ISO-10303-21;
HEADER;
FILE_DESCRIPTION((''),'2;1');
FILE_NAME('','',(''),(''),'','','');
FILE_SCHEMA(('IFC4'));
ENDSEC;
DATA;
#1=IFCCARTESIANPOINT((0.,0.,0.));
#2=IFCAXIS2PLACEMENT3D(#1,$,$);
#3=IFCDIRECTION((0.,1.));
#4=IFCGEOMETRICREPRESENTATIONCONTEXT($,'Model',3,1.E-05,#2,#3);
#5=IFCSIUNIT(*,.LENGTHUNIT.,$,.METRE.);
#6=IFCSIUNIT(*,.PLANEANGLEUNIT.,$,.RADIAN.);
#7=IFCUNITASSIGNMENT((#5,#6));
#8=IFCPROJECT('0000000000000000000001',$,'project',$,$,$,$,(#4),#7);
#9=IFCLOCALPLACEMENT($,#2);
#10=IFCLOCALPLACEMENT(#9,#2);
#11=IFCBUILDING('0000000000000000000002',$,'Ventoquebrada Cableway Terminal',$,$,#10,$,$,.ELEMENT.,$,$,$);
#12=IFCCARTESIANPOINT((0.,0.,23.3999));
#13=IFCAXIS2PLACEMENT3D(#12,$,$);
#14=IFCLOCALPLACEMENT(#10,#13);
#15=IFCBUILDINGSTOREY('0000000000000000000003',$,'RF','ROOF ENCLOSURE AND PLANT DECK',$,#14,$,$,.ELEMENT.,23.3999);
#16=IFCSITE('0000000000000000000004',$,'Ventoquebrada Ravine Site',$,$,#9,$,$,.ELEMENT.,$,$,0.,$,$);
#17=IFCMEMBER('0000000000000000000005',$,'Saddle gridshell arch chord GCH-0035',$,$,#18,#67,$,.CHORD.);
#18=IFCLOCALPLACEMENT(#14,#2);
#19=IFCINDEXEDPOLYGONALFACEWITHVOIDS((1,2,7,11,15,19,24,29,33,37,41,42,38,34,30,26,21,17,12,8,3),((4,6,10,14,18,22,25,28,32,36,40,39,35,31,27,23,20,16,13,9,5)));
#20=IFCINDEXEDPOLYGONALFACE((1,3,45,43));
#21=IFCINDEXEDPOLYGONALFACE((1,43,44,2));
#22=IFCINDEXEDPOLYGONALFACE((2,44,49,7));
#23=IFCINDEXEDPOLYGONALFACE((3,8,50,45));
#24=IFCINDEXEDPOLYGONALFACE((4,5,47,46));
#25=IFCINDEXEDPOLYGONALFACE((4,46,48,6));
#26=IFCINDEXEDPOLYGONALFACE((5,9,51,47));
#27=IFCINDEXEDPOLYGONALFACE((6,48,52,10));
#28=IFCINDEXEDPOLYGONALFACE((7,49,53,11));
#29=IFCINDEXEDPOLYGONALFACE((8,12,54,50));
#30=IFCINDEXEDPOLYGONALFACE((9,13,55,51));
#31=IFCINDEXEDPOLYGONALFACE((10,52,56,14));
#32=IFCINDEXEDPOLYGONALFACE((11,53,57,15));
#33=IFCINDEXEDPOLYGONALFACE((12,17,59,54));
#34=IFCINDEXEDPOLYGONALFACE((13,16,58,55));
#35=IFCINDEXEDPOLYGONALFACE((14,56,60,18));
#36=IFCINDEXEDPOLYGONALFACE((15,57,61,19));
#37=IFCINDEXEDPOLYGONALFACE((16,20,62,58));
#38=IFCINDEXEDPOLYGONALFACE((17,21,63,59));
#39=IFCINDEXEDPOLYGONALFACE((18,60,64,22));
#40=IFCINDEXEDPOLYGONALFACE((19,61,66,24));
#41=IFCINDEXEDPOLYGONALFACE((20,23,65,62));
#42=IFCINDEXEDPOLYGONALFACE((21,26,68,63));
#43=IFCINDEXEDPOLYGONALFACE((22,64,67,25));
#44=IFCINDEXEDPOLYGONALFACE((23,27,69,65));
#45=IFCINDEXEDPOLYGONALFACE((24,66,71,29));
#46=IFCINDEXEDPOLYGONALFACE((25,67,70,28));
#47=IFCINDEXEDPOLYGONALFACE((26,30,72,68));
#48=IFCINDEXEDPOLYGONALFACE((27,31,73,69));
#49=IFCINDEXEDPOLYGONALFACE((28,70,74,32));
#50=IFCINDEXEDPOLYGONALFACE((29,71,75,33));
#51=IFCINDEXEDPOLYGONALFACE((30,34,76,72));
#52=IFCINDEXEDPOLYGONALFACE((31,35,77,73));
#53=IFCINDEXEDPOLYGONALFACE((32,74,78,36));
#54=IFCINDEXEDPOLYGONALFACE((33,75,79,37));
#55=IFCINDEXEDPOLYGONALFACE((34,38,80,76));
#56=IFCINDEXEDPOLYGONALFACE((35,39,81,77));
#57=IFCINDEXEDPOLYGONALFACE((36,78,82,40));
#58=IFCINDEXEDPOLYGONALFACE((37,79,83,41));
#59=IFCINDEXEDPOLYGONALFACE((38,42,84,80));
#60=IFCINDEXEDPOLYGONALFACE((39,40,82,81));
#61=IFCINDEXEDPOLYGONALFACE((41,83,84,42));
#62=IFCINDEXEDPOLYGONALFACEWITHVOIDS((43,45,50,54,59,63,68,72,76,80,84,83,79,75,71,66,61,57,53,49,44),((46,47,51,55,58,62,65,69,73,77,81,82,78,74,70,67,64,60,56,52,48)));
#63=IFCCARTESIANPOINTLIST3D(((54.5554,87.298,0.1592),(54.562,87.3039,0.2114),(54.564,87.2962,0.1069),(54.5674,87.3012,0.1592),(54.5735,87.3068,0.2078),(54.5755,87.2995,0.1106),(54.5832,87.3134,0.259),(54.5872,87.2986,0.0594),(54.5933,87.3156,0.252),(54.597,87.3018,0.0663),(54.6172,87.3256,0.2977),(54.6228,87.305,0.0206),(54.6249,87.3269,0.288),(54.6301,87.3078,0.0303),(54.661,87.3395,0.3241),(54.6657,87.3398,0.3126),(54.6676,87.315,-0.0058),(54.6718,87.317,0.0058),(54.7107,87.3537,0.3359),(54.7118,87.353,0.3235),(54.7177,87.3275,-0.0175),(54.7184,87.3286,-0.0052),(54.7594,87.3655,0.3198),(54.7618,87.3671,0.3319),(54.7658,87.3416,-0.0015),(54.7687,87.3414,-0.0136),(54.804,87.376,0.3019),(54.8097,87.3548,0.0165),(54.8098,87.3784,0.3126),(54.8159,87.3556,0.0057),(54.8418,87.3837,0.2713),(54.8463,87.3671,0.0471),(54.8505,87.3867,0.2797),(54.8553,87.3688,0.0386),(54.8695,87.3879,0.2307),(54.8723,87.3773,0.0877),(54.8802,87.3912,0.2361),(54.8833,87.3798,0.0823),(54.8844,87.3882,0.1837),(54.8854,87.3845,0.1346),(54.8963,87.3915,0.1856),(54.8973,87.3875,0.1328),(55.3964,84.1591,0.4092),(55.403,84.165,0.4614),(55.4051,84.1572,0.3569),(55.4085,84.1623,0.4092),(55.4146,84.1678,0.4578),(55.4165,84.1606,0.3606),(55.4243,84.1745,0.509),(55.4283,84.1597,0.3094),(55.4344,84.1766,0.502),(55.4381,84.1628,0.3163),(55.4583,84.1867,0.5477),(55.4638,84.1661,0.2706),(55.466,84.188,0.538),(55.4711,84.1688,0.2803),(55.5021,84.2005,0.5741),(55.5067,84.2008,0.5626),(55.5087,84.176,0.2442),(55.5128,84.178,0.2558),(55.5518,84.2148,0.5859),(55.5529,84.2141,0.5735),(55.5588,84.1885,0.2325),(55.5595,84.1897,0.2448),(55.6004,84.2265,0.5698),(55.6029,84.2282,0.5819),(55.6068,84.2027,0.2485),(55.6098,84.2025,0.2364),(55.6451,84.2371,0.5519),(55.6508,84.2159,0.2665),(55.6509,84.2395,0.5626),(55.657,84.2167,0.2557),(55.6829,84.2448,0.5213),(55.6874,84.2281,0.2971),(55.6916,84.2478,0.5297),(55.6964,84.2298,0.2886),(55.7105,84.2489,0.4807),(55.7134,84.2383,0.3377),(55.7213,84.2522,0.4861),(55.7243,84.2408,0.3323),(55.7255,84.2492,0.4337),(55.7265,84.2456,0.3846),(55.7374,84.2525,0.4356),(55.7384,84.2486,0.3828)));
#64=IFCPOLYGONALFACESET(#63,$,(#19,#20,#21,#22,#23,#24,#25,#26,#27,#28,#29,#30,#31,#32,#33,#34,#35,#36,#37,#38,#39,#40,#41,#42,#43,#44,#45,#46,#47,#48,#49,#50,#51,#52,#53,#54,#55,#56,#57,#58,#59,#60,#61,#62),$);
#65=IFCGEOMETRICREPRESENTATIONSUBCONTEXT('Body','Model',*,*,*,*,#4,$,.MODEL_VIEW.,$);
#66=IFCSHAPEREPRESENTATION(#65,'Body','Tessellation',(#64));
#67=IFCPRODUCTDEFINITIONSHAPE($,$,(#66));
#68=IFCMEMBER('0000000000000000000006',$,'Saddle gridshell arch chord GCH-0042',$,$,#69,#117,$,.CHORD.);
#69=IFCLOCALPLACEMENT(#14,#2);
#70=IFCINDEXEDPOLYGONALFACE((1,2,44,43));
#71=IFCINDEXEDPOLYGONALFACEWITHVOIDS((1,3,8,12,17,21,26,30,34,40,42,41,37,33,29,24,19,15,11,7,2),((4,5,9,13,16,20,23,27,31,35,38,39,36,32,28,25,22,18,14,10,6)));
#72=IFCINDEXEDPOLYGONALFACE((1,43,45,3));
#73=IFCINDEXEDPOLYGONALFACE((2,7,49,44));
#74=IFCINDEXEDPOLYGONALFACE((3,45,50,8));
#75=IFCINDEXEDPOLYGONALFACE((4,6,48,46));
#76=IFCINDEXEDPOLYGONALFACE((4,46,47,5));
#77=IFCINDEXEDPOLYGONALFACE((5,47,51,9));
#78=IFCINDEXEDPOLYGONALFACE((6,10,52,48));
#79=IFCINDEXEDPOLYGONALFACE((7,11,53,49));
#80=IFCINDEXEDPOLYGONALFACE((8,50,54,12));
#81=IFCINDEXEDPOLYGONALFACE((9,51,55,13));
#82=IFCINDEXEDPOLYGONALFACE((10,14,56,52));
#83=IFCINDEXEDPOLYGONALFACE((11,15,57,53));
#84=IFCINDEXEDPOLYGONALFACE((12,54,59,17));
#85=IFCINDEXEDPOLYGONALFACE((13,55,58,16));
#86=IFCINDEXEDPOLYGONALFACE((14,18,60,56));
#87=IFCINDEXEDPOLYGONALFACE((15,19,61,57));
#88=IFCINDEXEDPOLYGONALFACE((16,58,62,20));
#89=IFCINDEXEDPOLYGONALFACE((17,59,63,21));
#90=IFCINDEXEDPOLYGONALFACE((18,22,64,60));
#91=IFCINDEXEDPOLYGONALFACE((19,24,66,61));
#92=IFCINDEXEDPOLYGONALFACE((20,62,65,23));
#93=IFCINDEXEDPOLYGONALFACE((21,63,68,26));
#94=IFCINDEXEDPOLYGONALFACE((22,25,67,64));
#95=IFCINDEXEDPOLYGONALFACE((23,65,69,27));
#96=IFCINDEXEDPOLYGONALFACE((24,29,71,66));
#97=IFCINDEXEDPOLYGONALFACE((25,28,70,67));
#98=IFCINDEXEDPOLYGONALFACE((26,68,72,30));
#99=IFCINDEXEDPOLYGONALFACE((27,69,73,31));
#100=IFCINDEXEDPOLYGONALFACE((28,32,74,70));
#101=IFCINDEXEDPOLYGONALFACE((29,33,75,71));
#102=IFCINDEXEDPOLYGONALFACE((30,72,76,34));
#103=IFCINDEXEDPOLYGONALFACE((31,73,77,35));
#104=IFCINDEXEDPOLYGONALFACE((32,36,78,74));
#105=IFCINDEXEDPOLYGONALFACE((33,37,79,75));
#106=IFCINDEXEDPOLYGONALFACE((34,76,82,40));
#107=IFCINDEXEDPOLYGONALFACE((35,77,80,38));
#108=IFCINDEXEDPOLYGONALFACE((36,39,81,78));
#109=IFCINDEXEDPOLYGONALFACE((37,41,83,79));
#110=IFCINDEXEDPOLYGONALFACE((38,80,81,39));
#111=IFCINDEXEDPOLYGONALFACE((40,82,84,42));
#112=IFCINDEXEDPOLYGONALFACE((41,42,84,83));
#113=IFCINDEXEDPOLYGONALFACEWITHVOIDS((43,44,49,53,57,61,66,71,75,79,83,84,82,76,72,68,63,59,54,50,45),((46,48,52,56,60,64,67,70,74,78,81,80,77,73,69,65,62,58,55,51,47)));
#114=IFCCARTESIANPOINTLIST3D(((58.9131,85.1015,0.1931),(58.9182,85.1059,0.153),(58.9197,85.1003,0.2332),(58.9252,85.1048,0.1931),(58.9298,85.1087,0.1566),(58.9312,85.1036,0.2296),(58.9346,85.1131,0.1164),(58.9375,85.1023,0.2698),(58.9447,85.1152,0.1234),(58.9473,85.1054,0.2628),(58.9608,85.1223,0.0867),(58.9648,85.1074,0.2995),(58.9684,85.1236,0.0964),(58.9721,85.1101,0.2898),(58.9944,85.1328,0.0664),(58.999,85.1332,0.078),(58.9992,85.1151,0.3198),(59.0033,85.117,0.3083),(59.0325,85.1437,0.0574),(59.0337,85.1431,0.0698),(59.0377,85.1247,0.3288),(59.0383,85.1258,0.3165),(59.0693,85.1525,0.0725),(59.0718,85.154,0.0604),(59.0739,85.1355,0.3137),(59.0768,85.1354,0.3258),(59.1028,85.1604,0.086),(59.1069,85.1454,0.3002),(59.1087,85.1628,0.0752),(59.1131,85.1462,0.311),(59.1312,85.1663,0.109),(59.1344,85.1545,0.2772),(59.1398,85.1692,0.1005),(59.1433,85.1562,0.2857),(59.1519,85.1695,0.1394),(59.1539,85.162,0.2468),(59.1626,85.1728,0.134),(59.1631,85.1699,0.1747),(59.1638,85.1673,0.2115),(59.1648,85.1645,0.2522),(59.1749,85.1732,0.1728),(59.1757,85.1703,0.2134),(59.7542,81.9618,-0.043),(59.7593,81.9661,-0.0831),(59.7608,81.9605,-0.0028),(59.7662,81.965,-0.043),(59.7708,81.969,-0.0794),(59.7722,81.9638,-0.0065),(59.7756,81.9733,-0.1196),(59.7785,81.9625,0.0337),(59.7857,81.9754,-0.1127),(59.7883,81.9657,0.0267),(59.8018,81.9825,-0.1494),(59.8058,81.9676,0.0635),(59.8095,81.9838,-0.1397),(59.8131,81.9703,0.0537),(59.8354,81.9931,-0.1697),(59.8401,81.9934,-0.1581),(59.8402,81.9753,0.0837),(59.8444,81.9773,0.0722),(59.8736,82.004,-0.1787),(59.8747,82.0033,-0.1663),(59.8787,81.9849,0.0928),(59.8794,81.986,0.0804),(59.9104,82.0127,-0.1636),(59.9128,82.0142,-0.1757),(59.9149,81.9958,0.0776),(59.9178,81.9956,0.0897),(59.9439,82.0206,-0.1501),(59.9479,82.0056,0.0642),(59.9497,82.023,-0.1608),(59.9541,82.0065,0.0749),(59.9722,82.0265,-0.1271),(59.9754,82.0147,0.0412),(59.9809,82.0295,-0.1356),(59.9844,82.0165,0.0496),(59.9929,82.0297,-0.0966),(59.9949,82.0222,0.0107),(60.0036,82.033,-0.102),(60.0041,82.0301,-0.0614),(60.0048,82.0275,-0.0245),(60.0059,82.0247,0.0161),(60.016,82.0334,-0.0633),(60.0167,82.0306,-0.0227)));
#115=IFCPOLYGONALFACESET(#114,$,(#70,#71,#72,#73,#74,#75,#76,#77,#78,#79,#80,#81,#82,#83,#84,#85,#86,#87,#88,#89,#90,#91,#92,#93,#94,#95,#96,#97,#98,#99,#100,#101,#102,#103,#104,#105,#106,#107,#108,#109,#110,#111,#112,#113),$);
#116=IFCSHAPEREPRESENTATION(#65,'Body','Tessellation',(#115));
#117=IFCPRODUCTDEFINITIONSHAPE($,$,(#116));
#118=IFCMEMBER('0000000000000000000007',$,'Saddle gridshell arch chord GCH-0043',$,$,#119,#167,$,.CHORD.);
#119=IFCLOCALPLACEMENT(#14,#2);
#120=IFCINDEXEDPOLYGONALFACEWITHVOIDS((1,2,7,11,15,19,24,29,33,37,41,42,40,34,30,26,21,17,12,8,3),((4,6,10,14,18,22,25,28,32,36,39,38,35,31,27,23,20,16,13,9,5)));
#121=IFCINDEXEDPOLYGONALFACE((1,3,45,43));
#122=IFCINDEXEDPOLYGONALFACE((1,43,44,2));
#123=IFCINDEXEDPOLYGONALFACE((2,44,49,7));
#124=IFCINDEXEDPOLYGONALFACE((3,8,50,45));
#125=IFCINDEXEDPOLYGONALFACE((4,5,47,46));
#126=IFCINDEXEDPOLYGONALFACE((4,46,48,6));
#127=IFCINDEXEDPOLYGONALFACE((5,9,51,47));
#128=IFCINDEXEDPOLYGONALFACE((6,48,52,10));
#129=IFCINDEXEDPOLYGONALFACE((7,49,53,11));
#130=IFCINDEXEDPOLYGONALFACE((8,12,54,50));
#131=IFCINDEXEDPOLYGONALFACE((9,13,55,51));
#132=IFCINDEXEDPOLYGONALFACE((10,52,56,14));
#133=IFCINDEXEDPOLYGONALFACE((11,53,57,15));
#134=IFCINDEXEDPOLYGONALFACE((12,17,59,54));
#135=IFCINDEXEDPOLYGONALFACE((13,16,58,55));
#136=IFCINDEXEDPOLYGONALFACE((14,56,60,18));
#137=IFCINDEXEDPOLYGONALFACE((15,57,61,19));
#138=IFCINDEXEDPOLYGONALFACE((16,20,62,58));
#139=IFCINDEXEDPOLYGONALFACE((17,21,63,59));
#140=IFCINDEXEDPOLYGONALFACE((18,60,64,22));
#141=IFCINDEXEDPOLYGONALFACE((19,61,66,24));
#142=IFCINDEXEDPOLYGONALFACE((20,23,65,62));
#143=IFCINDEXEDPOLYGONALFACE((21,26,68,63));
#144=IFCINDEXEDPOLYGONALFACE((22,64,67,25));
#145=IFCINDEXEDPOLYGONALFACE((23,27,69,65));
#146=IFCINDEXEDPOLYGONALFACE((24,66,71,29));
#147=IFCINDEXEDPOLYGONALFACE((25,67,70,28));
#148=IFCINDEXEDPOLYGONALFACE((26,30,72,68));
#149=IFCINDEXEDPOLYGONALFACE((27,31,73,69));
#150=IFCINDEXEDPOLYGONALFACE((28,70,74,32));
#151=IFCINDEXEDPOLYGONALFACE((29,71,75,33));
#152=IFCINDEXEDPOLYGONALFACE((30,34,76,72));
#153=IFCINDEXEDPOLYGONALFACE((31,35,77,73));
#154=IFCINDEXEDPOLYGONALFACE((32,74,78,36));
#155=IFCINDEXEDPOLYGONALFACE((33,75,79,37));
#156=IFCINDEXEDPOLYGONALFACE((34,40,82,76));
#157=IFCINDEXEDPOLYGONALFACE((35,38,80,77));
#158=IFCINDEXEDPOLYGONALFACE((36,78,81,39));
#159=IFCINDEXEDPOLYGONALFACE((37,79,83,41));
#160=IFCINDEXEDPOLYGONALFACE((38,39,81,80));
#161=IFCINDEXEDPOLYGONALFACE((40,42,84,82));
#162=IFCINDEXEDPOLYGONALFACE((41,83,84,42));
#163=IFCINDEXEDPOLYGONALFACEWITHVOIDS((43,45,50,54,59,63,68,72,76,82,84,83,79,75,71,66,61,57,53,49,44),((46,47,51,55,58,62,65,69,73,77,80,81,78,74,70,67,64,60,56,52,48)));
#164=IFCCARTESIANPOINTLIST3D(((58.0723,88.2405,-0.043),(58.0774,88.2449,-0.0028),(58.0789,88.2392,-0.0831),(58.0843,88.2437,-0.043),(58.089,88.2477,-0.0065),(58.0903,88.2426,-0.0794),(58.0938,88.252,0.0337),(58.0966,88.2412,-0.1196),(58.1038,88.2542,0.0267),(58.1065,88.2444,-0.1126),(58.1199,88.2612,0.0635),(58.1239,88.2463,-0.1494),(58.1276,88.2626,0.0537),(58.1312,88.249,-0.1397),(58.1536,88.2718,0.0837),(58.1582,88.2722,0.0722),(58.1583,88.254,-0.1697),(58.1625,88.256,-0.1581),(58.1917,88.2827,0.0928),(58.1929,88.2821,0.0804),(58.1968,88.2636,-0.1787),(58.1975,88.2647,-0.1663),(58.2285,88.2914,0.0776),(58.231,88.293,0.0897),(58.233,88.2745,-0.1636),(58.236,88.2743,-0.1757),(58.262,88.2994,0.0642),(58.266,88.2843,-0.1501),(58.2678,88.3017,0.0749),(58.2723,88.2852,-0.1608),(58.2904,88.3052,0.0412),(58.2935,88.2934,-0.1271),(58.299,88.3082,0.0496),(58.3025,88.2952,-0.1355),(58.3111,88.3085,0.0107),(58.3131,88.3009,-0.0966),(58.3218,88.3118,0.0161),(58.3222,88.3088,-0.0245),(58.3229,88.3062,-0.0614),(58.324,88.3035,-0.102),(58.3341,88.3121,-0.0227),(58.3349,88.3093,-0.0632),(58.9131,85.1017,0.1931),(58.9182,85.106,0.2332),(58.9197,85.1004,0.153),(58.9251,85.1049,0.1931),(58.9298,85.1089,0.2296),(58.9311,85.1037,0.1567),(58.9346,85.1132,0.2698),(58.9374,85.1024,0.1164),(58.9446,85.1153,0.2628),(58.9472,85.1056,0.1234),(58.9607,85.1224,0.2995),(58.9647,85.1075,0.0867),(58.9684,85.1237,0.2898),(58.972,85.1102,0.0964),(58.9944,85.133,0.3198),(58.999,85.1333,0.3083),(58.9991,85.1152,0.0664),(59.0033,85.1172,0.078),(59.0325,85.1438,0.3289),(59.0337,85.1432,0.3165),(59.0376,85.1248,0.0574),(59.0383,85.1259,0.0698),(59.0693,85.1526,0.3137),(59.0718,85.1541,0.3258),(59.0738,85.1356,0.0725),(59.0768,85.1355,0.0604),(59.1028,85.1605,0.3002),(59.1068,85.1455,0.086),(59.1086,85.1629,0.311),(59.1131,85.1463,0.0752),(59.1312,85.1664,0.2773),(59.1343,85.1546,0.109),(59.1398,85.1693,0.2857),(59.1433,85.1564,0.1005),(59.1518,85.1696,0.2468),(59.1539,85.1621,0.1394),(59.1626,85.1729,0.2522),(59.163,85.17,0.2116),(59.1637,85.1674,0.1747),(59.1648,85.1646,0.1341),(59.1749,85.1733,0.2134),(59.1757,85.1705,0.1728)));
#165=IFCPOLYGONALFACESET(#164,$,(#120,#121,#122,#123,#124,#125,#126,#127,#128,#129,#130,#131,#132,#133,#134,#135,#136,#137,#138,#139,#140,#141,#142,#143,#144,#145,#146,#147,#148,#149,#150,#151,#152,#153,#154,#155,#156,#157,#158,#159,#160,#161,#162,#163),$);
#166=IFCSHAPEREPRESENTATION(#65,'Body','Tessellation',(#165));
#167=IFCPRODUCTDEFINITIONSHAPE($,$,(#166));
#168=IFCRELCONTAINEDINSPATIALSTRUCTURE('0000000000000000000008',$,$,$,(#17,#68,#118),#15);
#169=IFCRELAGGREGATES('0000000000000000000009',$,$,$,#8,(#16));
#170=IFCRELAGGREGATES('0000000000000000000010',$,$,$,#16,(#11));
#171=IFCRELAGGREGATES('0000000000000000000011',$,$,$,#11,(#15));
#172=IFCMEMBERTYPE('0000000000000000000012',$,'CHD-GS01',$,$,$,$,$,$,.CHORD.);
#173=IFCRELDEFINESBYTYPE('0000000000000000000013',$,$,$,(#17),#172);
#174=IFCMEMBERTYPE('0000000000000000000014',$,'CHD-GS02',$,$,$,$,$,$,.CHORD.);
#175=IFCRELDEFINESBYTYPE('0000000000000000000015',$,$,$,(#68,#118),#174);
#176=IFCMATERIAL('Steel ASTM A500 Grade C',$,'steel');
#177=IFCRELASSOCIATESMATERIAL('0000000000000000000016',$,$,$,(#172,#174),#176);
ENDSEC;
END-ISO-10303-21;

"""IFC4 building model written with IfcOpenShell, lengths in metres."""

from ifc_helpers import new_model, si_unit, direction, frame, origin, origin_2d, place, context, subcontext, project, spatial, hollow_circle, extrude, material, material_profile, profile_set, type_object, element, save


model = new_model("IFC4")

# Units and contexts
model_context = context("Model", 3, precision=1e-05, world=origin(), true_north=direction((0.0, 1.0)))
body_context = subcontext(model_context, "Body", "Model", "MODEL_VIEW")
ifc_project = project(units=[si_unit("LENGTHUNIT", "METRE"), si_unit("PLANEANGLEUNIT", "RADIAN")], contexts=[model_context])

# Site, building, storey
site_placement = place(None, origin())
site = spatial("IfcSite", under=ifc_project, at=site_placement, Name="Ventoquebrada Ravine Site", CompositionType="ELEMENT", RefElevation=0.0)
building_placement = place(site_placement, origin())
building = spatial("IfcBuilding", under=site, at=building_placement, Name="Ventoquebrada Cableway Terminal", CompositionType="ELEMENT")
storey_placement = place(building_placement, frame((0.0, 0.0, 23.3999)))
storey = spatial("IfcBuildingStorey", under=building, at=storey_placement, Name="RF", Description="ROOF ENCLOSURE AND PLANT DECK", CompositionType="ELEMENT", Elevation=23.3999)

# Members
ifc_material_1 = material(Name="Steel ASTM A500 Grade C", Category="steel")
ifc_material_profile_1 = material_profile(ifc_material_1, hollow_circle(Radius=0.1777, WallThickness=0.0125, at=origin_2d()), Name="CHS355.6X12.5")
ifc_profile_set_1 = profile_set([ifc_material_profile_1], Name="Steel ASTM A500 Grade C")
member_type_1 = type_object("IfcMemberType", Name="CHD-GS01", PredefinedType="CHORD", material=ifc_profile_set_1)
member_1_placement = place(storey_placement, frame((55.5681, 84.2051, 0.4092), z_axis=(-0.258055, 0.96308, -0.076705), x_axis=(-0.965926, -0.258817, 0.0)))
element("IfcMember", 1, at=member_1_placement, inside=storey, type_object=member_type_1, Name="Saddle gridshell arch chord GCH-0035", PredefinedType="CHORD", context=body_context, shape_type="SweptSolid", body=[
    extrude(hollow_circle(Radius=0.1777, WallThickness=0.0125, at=origin_2d()), origin(), (0.0, 0.0, 1.0), 3.2593),
])
ifc_material_profile_2 = material_profile(ifc_material_1, hollow_circle(Radius=0.1365, WallThickness=0.0125, at=origin_2d()), Name="CHS273.0X12.5")
ifc_profile_set_2 = profile_set([ifc_material_profile_2], Name="Steel ASTM A500 Grade C")
member_type_2 = type_object("IfcMemberType", Name="CHD-GS02", PredefinedType="CHORD", material=ifc_profile_set_2)
member_2_placement = place(storey_placement, frame((59.886, 81.9971, -0.043), z_axis=(-0.258063, 0.963409, 0.072437), x_axis=(-0.965946, -0.258742, 0.0)))
element("IfcMember", 2, at=member_2_placement, inside=storey, type_object=member_type_2, Name="Saddle gridshell arch chord GCH-0042", PredefinedType="CHORD", context=body_context, shape_type="SweptSolid", body=[
    extrude(hollow_circle(Radius=0.1365, WallThickness=0.0125, at=origin_2d()), origin(), (0.0, 0.0, 1.0), 3.259),
])
member_3_placement = place(storey_placement, frame((59.0449, 85.137, 0.1931), z_axis=(-0.258067, 0.963406, -0.07246), x_axis=(-0.965945, -0.258747, 0.0)))
element("IfcMember", 3, at=member_3_placement, inside=storey, type_object=member_type_2, Name="Saddle gridshell arch chord GCH-0043", PredefinedType="CHORD", context=body_context, shape_type="SweptSolid", body=[
    extrude(hollow_circle(Radius=0.1365, WallThickness=0.0125, at=origin_2d()), origin(), (0.0, 0.0, 1.0), 3.2581),
])

save(model, "model.ifc")
